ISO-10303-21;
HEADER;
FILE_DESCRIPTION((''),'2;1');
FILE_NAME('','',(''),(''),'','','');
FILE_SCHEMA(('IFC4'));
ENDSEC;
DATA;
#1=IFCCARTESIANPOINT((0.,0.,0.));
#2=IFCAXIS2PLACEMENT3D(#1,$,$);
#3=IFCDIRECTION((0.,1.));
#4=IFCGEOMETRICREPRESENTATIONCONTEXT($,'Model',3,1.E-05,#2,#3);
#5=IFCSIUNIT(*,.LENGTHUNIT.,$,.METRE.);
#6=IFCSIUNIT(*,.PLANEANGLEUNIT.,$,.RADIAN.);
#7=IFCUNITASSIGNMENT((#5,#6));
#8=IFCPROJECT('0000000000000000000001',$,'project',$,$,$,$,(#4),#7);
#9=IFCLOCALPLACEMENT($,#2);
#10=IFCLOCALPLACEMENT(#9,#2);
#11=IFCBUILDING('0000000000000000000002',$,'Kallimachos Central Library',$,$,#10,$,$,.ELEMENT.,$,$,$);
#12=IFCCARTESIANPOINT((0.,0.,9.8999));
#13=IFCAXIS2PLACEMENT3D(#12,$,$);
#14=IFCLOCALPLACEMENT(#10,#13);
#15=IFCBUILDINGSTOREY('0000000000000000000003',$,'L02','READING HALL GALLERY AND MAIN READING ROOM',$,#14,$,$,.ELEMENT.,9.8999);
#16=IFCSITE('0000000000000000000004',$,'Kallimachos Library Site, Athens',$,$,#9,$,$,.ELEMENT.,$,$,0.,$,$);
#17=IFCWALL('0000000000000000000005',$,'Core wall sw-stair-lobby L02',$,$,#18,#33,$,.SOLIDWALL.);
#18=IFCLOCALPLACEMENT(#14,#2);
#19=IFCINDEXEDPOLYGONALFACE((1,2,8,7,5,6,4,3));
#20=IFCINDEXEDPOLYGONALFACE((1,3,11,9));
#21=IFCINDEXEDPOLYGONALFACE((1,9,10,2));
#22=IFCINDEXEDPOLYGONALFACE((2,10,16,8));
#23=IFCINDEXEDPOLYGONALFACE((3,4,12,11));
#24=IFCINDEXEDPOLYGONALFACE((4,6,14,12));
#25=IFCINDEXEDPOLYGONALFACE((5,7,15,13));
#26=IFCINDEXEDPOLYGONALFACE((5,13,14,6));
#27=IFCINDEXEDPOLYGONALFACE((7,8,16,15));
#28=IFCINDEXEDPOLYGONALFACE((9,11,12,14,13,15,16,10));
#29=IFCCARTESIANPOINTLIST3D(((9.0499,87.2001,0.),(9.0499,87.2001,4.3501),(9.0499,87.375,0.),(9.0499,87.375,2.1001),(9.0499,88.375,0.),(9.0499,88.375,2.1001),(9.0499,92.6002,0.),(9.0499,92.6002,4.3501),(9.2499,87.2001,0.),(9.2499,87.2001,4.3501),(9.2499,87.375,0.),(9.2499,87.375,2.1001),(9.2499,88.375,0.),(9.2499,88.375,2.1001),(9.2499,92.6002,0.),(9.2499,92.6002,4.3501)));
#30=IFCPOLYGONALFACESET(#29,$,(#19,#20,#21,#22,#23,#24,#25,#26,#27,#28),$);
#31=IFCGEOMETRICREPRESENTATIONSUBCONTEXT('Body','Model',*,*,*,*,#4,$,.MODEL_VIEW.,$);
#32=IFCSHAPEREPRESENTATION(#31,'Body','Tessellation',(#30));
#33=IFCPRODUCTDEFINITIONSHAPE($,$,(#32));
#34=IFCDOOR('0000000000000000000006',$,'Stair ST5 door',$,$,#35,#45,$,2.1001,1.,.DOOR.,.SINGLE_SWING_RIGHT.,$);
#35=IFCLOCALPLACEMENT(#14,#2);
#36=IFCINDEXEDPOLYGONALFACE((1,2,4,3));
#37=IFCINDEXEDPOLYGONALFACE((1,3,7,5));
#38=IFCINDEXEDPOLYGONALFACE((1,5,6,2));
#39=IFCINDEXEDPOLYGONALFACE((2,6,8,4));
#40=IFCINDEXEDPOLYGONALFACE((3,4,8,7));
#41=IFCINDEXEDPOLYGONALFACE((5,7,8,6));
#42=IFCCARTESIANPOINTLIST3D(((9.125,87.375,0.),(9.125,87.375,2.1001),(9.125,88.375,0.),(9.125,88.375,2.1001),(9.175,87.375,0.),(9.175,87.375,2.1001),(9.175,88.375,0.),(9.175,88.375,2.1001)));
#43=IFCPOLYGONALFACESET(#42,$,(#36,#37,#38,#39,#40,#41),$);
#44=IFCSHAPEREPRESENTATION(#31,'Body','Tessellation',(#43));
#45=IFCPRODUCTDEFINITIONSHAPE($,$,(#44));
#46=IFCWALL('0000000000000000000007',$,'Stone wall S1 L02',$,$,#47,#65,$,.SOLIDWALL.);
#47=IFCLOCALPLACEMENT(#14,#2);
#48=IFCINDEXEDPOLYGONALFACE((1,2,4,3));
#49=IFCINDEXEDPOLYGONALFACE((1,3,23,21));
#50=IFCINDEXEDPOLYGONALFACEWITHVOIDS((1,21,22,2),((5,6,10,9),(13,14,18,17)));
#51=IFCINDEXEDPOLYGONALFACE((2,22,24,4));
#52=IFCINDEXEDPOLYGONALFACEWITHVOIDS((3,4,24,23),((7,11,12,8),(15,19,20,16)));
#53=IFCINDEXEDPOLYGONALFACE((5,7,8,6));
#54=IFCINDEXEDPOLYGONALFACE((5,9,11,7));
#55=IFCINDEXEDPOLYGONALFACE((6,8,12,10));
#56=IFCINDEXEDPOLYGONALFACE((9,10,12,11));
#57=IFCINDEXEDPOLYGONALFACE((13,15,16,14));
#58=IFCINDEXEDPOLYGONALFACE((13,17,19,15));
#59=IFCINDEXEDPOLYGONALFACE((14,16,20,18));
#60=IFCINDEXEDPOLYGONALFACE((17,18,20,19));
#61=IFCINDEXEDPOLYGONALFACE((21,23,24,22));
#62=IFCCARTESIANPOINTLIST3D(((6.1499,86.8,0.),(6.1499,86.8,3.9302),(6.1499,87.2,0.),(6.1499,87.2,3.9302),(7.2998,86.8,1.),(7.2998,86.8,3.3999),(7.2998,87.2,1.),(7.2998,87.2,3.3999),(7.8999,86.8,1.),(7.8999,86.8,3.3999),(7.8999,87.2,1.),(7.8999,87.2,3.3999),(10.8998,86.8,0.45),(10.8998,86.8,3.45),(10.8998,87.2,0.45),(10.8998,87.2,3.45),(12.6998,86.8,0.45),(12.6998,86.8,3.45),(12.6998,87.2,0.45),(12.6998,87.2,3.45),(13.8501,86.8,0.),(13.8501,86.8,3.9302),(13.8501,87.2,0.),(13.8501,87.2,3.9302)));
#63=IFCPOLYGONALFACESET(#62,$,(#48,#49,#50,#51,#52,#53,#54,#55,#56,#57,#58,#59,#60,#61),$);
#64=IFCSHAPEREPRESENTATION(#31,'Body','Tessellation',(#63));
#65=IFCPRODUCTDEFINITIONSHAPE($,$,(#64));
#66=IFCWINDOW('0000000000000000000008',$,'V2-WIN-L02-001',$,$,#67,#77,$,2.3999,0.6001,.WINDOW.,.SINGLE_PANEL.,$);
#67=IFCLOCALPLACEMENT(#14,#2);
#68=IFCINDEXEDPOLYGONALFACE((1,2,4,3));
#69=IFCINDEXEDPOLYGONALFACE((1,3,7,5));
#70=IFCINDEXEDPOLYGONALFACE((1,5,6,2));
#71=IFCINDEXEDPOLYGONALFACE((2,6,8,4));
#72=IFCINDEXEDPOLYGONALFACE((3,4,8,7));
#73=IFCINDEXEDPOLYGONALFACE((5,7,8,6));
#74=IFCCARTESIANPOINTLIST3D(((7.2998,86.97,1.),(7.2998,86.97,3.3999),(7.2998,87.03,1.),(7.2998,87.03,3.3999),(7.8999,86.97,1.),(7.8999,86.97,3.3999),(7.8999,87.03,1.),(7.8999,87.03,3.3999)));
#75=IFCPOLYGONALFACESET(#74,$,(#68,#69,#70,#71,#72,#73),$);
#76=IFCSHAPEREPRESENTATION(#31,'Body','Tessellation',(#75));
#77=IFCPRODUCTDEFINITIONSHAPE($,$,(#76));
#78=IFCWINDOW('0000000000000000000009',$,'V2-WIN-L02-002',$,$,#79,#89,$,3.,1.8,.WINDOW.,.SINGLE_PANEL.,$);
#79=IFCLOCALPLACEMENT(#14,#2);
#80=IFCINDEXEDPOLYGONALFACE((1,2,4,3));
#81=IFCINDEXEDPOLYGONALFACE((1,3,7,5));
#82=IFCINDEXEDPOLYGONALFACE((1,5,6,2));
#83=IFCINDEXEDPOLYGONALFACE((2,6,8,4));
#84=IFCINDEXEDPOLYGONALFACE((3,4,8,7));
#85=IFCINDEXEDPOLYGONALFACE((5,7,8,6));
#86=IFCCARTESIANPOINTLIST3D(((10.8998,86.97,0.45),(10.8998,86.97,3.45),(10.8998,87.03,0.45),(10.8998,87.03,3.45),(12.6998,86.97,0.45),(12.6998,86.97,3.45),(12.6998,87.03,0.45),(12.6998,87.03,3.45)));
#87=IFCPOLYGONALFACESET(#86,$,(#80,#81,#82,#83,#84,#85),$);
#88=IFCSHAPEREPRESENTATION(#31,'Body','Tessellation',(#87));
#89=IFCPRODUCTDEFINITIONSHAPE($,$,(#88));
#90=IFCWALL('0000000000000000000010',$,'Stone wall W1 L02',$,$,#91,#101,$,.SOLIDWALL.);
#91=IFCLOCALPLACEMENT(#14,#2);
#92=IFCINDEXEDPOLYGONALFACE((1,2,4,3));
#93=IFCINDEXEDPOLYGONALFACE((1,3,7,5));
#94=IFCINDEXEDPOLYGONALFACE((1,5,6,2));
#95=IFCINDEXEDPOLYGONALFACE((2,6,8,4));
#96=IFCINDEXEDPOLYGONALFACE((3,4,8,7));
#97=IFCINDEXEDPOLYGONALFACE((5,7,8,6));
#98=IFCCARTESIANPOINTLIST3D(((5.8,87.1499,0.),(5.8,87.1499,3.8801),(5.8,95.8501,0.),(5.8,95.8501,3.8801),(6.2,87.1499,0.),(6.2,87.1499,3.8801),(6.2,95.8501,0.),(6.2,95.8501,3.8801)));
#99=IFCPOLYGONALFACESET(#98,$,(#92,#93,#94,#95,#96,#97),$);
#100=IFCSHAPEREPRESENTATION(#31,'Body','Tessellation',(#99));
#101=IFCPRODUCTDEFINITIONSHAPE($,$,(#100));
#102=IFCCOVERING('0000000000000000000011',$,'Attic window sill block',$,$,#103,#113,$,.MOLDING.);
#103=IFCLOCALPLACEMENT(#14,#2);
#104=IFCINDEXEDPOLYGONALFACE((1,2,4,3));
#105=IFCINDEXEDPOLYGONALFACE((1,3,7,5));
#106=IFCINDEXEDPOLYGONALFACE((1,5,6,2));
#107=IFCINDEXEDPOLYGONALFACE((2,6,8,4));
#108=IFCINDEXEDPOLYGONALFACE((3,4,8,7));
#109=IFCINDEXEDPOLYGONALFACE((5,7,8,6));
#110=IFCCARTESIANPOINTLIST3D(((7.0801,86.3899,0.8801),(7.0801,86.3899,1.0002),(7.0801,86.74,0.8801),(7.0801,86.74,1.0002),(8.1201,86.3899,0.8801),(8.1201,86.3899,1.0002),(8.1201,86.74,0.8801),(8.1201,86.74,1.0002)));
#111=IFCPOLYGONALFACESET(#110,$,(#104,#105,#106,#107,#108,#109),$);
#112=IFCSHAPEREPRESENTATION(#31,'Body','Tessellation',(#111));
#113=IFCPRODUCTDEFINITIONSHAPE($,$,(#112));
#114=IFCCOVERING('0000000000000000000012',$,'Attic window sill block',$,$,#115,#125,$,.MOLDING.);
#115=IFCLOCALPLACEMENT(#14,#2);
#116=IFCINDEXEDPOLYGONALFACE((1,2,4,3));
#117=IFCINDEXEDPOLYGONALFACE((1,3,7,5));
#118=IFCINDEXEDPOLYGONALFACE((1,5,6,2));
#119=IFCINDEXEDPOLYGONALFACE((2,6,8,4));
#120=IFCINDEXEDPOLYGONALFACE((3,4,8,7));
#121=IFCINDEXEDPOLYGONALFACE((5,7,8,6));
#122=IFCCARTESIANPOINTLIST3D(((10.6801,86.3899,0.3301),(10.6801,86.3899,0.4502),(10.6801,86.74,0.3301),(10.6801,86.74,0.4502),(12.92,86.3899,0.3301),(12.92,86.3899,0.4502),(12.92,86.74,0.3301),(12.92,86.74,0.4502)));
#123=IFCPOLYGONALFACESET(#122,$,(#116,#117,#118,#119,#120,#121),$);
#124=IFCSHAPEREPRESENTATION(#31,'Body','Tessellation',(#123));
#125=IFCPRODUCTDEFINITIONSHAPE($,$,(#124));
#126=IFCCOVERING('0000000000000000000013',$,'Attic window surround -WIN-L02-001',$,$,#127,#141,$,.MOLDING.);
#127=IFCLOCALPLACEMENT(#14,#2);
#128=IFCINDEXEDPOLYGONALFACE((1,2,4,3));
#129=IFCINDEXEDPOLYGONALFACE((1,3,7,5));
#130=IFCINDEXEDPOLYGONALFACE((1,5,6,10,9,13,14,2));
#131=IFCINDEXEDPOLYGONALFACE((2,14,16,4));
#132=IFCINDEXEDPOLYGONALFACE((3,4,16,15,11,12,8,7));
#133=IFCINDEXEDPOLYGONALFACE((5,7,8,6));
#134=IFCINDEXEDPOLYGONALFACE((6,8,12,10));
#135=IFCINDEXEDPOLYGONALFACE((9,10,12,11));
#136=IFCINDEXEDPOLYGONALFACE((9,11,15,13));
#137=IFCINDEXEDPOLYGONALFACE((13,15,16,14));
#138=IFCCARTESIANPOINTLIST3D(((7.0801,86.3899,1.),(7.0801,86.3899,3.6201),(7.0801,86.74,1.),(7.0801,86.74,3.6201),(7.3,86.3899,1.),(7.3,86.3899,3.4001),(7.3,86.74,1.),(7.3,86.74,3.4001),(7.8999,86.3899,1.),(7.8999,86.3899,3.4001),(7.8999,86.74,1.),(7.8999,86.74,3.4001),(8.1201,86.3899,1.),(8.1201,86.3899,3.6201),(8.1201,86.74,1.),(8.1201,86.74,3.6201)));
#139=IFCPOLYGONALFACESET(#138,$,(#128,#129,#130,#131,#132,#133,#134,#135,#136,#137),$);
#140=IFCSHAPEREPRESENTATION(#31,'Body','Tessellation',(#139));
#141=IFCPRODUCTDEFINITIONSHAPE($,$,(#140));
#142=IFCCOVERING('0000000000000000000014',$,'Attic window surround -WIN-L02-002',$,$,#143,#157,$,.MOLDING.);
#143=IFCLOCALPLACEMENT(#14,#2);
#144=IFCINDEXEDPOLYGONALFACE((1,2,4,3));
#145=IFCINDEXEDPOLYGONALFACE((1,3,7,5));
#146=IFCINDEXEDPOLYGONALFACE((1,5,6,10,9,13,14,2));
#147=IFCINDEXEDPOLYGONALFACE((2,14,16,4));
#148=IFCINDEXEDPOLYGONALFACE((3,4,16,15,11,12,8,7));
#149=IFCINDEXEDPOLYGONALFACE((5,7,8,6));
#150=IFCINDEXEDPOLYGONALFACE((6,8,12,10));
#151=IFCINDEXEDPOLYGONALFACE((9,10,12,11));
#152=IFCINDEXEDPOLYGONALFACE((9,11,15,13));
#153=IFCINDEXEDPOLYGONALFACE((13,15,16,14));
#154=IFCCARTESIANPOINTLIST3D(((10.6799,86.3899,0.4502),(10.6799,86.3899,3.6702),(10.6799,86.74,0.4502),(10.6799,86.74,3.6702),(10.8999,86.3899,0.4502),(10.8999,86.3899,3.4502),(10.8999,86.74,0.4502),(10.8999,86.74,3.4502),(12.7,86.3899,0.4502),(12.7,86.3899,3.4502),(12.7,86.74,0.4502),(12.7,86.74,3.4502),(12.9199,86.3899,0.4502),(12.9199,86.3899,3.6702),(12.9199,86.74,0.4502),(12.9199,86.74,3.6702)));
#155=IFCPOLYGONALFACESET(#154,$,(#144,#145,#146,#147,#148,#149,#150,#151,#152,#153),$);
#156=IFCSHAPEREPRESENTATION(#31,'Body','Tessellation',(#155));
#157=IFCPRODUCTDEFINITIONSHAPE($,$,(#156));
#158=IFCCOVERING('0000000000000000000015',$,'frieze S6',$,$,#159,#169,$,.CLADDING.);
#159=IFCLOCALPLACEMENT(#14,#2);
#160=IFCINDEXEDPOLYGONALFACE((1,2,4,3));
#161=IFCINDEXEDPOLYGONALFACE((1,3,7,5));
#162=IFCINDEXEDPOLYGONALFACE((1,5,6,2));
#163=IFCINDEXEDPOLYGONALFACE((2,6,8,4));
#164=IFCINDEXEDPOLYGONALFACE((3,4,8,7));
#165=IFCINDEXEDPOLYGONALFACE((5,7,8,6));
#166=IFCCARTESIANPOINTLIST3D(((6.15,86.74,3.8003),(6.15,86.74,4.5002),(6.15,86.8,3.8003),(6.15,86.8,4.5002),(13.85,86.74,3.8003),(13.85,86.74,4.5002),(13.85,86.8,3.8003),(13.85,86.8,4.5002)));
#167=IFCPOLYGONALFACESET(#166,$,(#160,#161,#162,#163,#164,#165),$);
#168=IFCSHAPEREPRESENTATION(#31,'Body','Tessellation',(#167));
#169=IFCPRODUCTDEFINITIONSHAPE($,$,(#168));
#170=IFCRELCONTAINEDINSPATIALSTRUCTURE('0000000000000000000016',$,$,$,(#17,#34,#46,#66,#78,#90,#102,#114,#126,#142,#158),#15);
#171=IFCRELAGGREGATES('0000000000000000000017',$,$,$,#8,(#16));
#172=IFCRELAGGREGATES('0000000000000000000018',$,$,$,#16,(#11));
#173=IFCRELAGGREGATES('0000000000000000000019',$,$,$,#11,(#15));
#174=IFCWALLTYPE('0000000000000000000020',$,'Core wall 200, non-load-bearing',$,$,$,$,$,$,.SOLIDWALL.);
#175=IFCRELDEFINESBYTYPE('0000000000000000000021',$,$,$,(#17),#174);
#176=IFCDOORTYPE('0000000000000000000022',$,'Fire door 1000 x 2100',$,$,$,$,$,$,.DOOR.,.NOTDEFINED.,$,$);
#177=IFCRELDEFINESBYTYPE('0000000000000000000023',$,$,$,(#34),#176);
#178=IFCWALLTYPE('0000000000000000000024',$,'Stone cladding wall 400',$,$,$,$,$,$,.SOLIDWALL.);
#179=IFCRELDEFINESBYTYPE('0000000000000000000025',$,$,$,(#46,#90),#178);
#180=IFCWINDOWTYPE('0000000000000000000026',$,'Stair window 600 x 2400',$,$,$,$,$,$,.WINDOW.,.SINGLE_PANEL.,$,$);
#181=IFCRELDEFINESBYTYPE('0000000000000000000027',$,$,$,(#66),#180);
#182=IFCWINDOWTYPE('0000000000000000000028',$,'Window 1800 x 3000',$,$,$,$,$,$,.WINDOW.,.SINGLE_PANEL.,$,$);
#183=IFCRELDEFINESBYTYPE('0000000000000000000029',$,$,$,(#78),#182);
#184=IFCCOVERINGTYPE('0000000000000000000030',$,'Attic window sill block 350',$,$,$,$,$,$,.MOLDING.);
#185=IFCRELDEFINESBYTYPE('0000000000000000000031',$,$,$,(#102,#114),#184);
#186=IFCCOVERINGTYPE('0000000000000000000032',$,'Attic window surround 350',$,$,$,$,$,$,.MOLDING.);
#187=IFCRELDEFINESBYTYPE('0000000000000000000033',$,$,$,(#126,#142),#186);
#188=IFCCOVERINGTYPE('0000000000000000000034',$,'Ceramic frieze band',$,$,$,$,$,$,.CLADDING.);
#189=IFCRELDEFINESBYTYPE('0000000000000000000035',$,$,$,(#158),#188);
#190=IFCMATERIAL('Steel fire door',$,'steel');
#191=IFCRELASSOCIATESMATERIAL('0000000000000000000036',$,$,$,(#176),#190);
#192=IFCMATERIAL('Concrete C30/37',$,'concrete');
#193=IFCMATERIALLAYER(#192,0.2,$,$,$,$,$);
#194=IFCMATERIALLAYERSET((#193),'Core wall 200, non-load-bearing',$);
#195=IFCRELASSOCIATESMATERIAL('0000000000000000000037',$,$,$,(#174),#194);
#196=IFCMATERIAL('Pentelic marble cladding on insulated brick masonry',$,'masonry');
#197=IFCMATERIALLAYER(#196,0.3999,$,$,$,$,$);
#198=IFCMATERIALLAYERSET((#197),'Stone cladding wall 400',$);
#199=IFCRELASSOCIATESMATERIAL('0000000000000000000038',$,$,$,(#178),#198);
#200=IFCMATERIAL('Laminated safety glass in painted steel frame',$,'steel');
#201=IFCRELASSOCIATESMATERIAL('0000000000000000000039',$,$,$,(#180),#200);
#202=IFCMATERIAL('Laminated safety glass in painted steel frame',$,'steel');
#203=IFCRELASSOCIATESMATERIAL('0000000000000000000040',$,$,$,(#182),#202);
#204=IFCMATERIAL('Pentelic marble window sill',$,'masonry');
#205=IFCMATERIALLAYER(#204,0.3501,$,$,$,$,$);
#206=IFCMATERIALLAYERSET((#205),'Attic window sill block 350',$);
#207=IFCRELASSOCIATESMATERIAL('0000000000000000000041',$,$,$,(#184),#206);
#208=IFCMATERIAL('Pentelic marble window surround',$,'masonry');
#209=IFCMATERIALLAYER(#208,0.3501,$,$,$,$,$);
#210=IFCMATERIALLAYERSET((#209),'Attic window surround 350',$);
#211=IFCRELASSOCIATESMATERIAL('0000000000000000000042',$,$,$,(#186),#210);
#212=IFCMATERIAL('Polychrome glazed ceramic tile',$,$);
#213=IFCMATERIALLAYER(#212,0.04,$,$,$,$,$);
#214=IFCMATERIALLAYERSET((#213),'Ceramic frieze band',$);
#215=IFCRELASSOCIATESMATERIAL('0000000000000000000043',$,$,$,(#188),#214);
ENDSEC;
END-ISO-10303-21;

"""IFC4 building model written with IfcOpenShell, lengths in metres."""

from ifc_helpers import new_model, si_unit, direction, frame, frame_2d, origin, origin_2d, place, context, subcontext, project, spatial, polyline, rectangle, outline, extrude, material, layer, layer_set, type_object, element, fill, save


model = new_model("IFC4")

# Units and contexts
model_context = context("Model", 3, precision=1e-05, world=origin(), true_north=direction((0.0, 1.0)))
body_context = subcontext(model_context, "Body", "Model", "MODEL_VIEW")
ifc_project = project(units=[si_unit("LENGTHUNIT", "METRE"), si_unit("PLANEANGLEUNIT", "RADIAN")], contexts=[model_context])

# Site, building, storey
site_placement = place(None, origin())
site = spatial("IfcSite", under=ifc_project, at=site_placement, Name="Kallimachos Library Site, Athens", CompositionType="ELEMENT", RefElevation=0.0)
building_placement = place(site_placement, origin())
building = spatial("IfcBuilding", under=site, at=building_placement, Name="Kallimachos Central Library", CompositionType="ELEMENT")
storey_placement = place(building_placement, frame((0.0, 0.0, 9.8999)))
storey = spatial("IfcBuildingStorey", under=building, at=storey_placement, Name="L02", Description="READING HALL GALLERY AND MAIN READING ROOM", CompositionType="ELEMENT", Elevation=9.8999)

# Wall, opening, door
ifc_material_1 = material(Name="Steel fire door", Category="steel")
door_type = type_object("IfcDoorType", Name="Fire door 1000 x 2100", OperationType="NOTDEFINED", PredefinedType="DOOR", material=ifc_material_1)
ifc_material_2 = material(Name="Concrete C30/37", Category="concrete")
ifc_layer_1 = layer(ifc_material_2, 0.2)
ifc_layer_set_1 = layer_set([ifc_layer_1], Name="Core wall 200, non-load-bearing")
wall_type_1 = type_object("IfcWallType", Name="Core wall 200, non-load-bearing", PredefinedType="SOLIDWALL", material=ifc_layer_set_1)
wall_1_placement = place(storey_placement, frame((9.1499, 87.2, 0.0), z_axis=(0.0, 0.0, 1.0), x_axis=(0.0, 1.0, 0.0)))
wall_1 = element("IfcWall", 1, at=wall_1_placement, inside=storey, type_object=wall_type_1, Name="Core wall sw-stair-lobby L02", PredefinedType="SOLIDWALL", context=body_context, shape_type="SweptSolid", body=[
    extrude(rectangle(XDim=5.4001, YDim=0.2, at=frame_2d((2.7002, 0.0))), origin(), (0.0, 0.0, 1.0), 4.3501),
])
opening_1_placement = place(wall_1_placement, frame((0.175, 0.0, 0.0)))
opening_1 = element("IfcOpeningElement", 2, at=opening_1_placement, cuts=wall_1, PredefinedType="OPENING", context=body_context, shape_type="SweptSolid", body=[
    extrude(rectangle(XDim=1.0, YDim=2.1001, at=frame_2d((0.5, 1.05))), frame((0.0, 0.1099, 0.0), z_axis=(0.0, -1.0, 0.0), x_axis=(1.0, 0.0, 0.0)), (0.0, 0.0, 1.0), 0.22),
])
door_1_placement = place(opening_1_placement, origin())
door_1 = element("IfcDoor", 3, at=door_1_placement, inside=storey, type_object=door_type, Name="Stair ST5 door", OperationType="SINGLE_SWING_RIGHT", OverallHeight=2.1001, OverallWidth=1.0, PredefinedType="DOOR", context=body_context, shape_type="SweptSolid", body=[
    extrude(rectangle(XDim=1.0, YDim=2.1001, at=frame_2d((0.5, 1.05))), frame((0.0, 0.0249, 0.0), z_axis=(0.0, -1.0, 0.0), x_axis=(1.0, 0.0, 0.0)), (0.0, 0.0, 1.0), 0.05),
])
fill(opening_1, door_1)

# Wall, openings, windows
ifc_material_3 = material(Name="Pentelic marble cladding on insulated brick masonry", Category="masonry")
ifc_layer_2 = layer(ifc_material_3, 0.3999)
ifc_layer_set_2 = layer_set([ifc_layer_2], Name="Stone cladding wall 400")
wall_type_2 = type_object("IfcWallType", Name="Stone cladding wall 400", PredefinedType="SOLIDWALL", material=ifc_layer_set_2)
wall_2_placement = place(storey_placement, frame((6.1499, 87.0, 0.0), z_axis=(0.0, 0.0, 1.0), x_axis=(1.0, 0.0, 0.0)))
wall_2 = element("IfcWall", 4, at=wall_2_placement, inside=storey, type_object=wall_type_2, Name="Stone wall S1 L02", PredefinedType="SOLIDWALL", context=body_context, shape_type="SweptSolid", body=[
    extrude(rectangle(XDim=7.7002, YDim=0.3999, at=frame_2d((3.8501, 0.0))), origin(), (0.0, 0.0, 1.0), 3.9302),
])
opening_2_placement = place(wall_2_placement, frame((1.1499, 0.0, 1.0)))
opening_2 = element("IfcOpeningElement", 5, at=opening_2_placement, cuts=wall_2, PredefinedType="OPENING", context=body_context, shape_type="SweptSolid", body=[
    extrude(rectangle(XDim=0.6001, YDim=2.3999, at=frame_2d((0.3, 1.2))), frame((0.0, 0.21, 0.0), z_axis=(0.0, -1.0, 0.0), x_axis=(1.0, 0.0, 0.0)), (0.0, 0.0, 1.0), 0.4199),
])
opening_3_placement = place(wall_2_placement, frame((4.75, 0.0, 0.45)))
opening_3 = element("IfcOpeningElement", 6, at=opening_3_placement, cuts=wall_2, PredefinedType="OPENING", context=body_context, shape_type="SweptSolid", body=[
    extrude(rectangle(XDim=1.8, YDim=3.0, at=frame_2d((0.8999, 1.5))), frame((0.0, 0.21, 0.0), z_axis=(0.0, -1.0, 0.0), x_axis=(1.0, 0.0, 0.0)), (0.0, 0.0, 1.0), 0.4199),
])
ifc_material_4 = material(Name="Laminated safety glass in painted steel frame", Category="steel")
window_type_1 = type_object("IfcWindowType", Name="Stair window 600 x 2400", PartitioningType="SINGLE_PANEL", PredefinedType="WINDOW", material=ifc_material_4)
window_1_placement = place(opening_2_placement, origin())
window_1 = element("IfcWindow", 7, at=window_1_placement, inside=storey, type_object=window_type_1, Name="V2-WIN-L02-001", OverallHeight=2.3999, OverallWidth=0.6001, PartitioningType="SINGLE_PANEL", PredefinedType="WINDOW", context=body_context, shape_type="SweptSolid", body=[
    extrude(rectangle(XDim=0.6001, YDim=2.3999, at=frame_2d((0.3, 1.2))), frame((0.0, 0.03, 0.0), z_axis=(0.0, -1.0, 0.0), x_axis=(1.0, 0.0, 0.0)), (0.0, 0.0, 1.0), 0.0601),
])
fill(opening_2, window_1)
ifc_material_5 = material(Name="Laminated safety glass in painted steel frame", Category="steel")
window_type_2 = type_object("IfcWindowType", Name="Window 1800 x 3000", PartitioningType="SINGLE_PANEL", PredefinedType="WINDOW", material=ifc_material_5)
window_2_placement = place(opening_3_placement, origin())
window_2 = element("IfcWindow", 8, at=window_2_placement, inside=storey, type_object=window_type_2, Name="V2-WIN-L02-002", OverallHeight=3.0, OverallWidth=1.8, PartitioningType="SINGLE_PANEL", PredefinedType="WINDOW", context=body_context, shape_type="SweptSolid", body=[
    extrude(rectangle(XDim=1.8, YDim=3.0, at=frame_2d((0.8999, 1.5))), frame((0.0, 0.03, 0.0), z_axis=(0.0, -1.0, 0.0), x_axis=(1.0, 0.0, 0.0)), (0.0, 0.0, 1.0), 0.0601),
])
fill(opening_3, window_2)

# Wall
wall_3_placement = place(storey_placement, frame((6.0, 87.1499, 0.0), z_axis=(0.0, 0.0, 1.0), x_axis=(0.0, 1.0, 0.0)))
element("IfcWall", 9, at=wall_3_placement, inside=storey, type_object=wall_type_2, Name="Stone wall W1 L02", PredefinedType="SOLIDWALL", context=body_context, shape_type="SweptSolid", body=[
    extrude(rectangle(XDim=8.7002, YDim=0.3999, at=frame_2d((4.3501, 0.0))), origin(), (0.0, 0.0, 1.0), 3.8801),
])

# Coverings
ifc_material_6 = material(Name="Pentelic marble window sill", Category="masonry")
ifc_layer_3 = layer(ifc_material_6, 0.3501)
ifc_layer_set_3 = layer_set([ifc_layer_3], Name="Attic window sill block 350")
covering_type_1 = type_object("IfcCoveringType", Name="Attic window sill block 350", PredefinedType="MOLDING", material=ifc_layer_set_3)
covering_1_placement = place(storey_placement, frame((7.6001, 86.5649, 0.8801), z_axis=(0.0, 0.0, 1.0), x_axis=(1.0, 0.0, 0.0)))
element("IfcCovering", 10, at=covering_1_placement, inside=storey, type_object=covering_type_1, Name="Attic window sill block", PredefinedType="MOLDING", context=body_context, shape_type="SweptSolid", body=[
    extrude(rectangle(XDim=1.04, YDim=0.3501, at=origin_2d()), origin(), (0.0, 0.0, 1.0), 0.1201),
])
covering_2_placement = place(storey_placement, frame((11.8, 86.5649, 0.3301), z_axis=(0.0, 0.0, 1.0), x_axis=(1.0, 0.0, 0.0)))
element("IfcCovering", 11, at=covering_2_placement, inside=storey, type_object=covering_type_1, Name="Attic window sill block", PredefinedType="MOLDING", context=body_context, shape_type="SweptSolid", body=[
    extrude(rectangle(XDim=2.24, YDim=0.3501, at=origin_2d()), origin(), (0.0, 0.0, 1.0), 0.1201),
])
ifc_material_7 = material(Name="Pentelic marble window surround", Category="masonry")
ifc_layer_4 = layer(ifc_material_7, 0.3501)
ifc_layer_set_4 = layer_set([ifc_layer_4], Name="Attic window surround 350")
covering_type_2 = type_object("IfcCoveringType", Name="Attic window surround 350", PredefinedType="MOLDING", material=ifc_layer_set_4)
covering_3_placement = place(storey_placement, frame((7.3, 86.3899, 1.0), z_axis=(0.0, -1.0, 0.0), x_axis=(0.0, 0.0, 1.0)))
element("IfcCovering", 12, at=covering_3_placement, inside=storey, type_object=covering_type_2, Name="Attic window surround -WIN-L02-001", PredefinedType="MOLDING", context=body_context, shape_type="SweptSolid", body=[
    extrude(outline(polyline([(0.0, 0.0), (2.4001, 0.0), (2.4001, -0.5999), (0.0, -0.5999), (0.0, -0.8201), (2.6201, -0.8201), (2.6201, 0.22), (0.0, 0.22), (0.0, 0.0)])), origin(), (0.0, 0.0, -1.0), 0.3501),
])
covering_4_placement = place(storey_placement, frame((10.8999, 86.3899, 0.4502), z_axis=(0.0, -1.0, 0.0), x_axis=(0.0, 0.0, 1.0)))
element("IfcCovering", 13, at=covering_4_placement, inside=storey, type_object=covering_type_2, Name="Attic window surround -WIN-L02-002", PredefinedType="MOLDING", context=body_context, shape_type="SweptSolid", body=[
    extrude(outline(polyline([(0.0, 0.0), (3.0, 0.0), (3.0, -1.8), (0.0, -1.8), (0.0, -2.02), (3.22, -2.02), (3.22, 0.22), (0.0, 0.22), (0.0, 0.0)])), origin(), (0.0, 0.0, -1.0), 0.3501),
])
ifc_material_8 = material(Name="Polychrome glazed ceramic tile")
ifc_layer_5 = layer(ifc_material_8, 0.04)
ifc_layer_set_5 = layer_set([ifc_layer_5], Name="Ceramic frieze band")
covering_type_3 = type_object("IfcCoveringType", Name="Ceramic frieze band", PredefinedType="CLADDING", material=ifc_layer_set_5)
covering_5_placement = place(storey_placement, frame((10.0, 86.77, 3.8003), z_axis=(0.0, 0.0, 1.0), x_axis=(1.0, 0.0, 0.0)))
element("IfcCovering", 14, at=covering_5_placement, inside=storey, type_object=covering_type_3, Name="frieze S6", PredefinedType="CLADDING", context=body_context, shape_type="SweptSolid", body=[
    extrude(rectangle(XDim=7.7, YDim=0.0601, at=origin_2d()), origin(), (0.0, 0.0, 1.0), 0.7),
])

save(model, "model.ifc")
